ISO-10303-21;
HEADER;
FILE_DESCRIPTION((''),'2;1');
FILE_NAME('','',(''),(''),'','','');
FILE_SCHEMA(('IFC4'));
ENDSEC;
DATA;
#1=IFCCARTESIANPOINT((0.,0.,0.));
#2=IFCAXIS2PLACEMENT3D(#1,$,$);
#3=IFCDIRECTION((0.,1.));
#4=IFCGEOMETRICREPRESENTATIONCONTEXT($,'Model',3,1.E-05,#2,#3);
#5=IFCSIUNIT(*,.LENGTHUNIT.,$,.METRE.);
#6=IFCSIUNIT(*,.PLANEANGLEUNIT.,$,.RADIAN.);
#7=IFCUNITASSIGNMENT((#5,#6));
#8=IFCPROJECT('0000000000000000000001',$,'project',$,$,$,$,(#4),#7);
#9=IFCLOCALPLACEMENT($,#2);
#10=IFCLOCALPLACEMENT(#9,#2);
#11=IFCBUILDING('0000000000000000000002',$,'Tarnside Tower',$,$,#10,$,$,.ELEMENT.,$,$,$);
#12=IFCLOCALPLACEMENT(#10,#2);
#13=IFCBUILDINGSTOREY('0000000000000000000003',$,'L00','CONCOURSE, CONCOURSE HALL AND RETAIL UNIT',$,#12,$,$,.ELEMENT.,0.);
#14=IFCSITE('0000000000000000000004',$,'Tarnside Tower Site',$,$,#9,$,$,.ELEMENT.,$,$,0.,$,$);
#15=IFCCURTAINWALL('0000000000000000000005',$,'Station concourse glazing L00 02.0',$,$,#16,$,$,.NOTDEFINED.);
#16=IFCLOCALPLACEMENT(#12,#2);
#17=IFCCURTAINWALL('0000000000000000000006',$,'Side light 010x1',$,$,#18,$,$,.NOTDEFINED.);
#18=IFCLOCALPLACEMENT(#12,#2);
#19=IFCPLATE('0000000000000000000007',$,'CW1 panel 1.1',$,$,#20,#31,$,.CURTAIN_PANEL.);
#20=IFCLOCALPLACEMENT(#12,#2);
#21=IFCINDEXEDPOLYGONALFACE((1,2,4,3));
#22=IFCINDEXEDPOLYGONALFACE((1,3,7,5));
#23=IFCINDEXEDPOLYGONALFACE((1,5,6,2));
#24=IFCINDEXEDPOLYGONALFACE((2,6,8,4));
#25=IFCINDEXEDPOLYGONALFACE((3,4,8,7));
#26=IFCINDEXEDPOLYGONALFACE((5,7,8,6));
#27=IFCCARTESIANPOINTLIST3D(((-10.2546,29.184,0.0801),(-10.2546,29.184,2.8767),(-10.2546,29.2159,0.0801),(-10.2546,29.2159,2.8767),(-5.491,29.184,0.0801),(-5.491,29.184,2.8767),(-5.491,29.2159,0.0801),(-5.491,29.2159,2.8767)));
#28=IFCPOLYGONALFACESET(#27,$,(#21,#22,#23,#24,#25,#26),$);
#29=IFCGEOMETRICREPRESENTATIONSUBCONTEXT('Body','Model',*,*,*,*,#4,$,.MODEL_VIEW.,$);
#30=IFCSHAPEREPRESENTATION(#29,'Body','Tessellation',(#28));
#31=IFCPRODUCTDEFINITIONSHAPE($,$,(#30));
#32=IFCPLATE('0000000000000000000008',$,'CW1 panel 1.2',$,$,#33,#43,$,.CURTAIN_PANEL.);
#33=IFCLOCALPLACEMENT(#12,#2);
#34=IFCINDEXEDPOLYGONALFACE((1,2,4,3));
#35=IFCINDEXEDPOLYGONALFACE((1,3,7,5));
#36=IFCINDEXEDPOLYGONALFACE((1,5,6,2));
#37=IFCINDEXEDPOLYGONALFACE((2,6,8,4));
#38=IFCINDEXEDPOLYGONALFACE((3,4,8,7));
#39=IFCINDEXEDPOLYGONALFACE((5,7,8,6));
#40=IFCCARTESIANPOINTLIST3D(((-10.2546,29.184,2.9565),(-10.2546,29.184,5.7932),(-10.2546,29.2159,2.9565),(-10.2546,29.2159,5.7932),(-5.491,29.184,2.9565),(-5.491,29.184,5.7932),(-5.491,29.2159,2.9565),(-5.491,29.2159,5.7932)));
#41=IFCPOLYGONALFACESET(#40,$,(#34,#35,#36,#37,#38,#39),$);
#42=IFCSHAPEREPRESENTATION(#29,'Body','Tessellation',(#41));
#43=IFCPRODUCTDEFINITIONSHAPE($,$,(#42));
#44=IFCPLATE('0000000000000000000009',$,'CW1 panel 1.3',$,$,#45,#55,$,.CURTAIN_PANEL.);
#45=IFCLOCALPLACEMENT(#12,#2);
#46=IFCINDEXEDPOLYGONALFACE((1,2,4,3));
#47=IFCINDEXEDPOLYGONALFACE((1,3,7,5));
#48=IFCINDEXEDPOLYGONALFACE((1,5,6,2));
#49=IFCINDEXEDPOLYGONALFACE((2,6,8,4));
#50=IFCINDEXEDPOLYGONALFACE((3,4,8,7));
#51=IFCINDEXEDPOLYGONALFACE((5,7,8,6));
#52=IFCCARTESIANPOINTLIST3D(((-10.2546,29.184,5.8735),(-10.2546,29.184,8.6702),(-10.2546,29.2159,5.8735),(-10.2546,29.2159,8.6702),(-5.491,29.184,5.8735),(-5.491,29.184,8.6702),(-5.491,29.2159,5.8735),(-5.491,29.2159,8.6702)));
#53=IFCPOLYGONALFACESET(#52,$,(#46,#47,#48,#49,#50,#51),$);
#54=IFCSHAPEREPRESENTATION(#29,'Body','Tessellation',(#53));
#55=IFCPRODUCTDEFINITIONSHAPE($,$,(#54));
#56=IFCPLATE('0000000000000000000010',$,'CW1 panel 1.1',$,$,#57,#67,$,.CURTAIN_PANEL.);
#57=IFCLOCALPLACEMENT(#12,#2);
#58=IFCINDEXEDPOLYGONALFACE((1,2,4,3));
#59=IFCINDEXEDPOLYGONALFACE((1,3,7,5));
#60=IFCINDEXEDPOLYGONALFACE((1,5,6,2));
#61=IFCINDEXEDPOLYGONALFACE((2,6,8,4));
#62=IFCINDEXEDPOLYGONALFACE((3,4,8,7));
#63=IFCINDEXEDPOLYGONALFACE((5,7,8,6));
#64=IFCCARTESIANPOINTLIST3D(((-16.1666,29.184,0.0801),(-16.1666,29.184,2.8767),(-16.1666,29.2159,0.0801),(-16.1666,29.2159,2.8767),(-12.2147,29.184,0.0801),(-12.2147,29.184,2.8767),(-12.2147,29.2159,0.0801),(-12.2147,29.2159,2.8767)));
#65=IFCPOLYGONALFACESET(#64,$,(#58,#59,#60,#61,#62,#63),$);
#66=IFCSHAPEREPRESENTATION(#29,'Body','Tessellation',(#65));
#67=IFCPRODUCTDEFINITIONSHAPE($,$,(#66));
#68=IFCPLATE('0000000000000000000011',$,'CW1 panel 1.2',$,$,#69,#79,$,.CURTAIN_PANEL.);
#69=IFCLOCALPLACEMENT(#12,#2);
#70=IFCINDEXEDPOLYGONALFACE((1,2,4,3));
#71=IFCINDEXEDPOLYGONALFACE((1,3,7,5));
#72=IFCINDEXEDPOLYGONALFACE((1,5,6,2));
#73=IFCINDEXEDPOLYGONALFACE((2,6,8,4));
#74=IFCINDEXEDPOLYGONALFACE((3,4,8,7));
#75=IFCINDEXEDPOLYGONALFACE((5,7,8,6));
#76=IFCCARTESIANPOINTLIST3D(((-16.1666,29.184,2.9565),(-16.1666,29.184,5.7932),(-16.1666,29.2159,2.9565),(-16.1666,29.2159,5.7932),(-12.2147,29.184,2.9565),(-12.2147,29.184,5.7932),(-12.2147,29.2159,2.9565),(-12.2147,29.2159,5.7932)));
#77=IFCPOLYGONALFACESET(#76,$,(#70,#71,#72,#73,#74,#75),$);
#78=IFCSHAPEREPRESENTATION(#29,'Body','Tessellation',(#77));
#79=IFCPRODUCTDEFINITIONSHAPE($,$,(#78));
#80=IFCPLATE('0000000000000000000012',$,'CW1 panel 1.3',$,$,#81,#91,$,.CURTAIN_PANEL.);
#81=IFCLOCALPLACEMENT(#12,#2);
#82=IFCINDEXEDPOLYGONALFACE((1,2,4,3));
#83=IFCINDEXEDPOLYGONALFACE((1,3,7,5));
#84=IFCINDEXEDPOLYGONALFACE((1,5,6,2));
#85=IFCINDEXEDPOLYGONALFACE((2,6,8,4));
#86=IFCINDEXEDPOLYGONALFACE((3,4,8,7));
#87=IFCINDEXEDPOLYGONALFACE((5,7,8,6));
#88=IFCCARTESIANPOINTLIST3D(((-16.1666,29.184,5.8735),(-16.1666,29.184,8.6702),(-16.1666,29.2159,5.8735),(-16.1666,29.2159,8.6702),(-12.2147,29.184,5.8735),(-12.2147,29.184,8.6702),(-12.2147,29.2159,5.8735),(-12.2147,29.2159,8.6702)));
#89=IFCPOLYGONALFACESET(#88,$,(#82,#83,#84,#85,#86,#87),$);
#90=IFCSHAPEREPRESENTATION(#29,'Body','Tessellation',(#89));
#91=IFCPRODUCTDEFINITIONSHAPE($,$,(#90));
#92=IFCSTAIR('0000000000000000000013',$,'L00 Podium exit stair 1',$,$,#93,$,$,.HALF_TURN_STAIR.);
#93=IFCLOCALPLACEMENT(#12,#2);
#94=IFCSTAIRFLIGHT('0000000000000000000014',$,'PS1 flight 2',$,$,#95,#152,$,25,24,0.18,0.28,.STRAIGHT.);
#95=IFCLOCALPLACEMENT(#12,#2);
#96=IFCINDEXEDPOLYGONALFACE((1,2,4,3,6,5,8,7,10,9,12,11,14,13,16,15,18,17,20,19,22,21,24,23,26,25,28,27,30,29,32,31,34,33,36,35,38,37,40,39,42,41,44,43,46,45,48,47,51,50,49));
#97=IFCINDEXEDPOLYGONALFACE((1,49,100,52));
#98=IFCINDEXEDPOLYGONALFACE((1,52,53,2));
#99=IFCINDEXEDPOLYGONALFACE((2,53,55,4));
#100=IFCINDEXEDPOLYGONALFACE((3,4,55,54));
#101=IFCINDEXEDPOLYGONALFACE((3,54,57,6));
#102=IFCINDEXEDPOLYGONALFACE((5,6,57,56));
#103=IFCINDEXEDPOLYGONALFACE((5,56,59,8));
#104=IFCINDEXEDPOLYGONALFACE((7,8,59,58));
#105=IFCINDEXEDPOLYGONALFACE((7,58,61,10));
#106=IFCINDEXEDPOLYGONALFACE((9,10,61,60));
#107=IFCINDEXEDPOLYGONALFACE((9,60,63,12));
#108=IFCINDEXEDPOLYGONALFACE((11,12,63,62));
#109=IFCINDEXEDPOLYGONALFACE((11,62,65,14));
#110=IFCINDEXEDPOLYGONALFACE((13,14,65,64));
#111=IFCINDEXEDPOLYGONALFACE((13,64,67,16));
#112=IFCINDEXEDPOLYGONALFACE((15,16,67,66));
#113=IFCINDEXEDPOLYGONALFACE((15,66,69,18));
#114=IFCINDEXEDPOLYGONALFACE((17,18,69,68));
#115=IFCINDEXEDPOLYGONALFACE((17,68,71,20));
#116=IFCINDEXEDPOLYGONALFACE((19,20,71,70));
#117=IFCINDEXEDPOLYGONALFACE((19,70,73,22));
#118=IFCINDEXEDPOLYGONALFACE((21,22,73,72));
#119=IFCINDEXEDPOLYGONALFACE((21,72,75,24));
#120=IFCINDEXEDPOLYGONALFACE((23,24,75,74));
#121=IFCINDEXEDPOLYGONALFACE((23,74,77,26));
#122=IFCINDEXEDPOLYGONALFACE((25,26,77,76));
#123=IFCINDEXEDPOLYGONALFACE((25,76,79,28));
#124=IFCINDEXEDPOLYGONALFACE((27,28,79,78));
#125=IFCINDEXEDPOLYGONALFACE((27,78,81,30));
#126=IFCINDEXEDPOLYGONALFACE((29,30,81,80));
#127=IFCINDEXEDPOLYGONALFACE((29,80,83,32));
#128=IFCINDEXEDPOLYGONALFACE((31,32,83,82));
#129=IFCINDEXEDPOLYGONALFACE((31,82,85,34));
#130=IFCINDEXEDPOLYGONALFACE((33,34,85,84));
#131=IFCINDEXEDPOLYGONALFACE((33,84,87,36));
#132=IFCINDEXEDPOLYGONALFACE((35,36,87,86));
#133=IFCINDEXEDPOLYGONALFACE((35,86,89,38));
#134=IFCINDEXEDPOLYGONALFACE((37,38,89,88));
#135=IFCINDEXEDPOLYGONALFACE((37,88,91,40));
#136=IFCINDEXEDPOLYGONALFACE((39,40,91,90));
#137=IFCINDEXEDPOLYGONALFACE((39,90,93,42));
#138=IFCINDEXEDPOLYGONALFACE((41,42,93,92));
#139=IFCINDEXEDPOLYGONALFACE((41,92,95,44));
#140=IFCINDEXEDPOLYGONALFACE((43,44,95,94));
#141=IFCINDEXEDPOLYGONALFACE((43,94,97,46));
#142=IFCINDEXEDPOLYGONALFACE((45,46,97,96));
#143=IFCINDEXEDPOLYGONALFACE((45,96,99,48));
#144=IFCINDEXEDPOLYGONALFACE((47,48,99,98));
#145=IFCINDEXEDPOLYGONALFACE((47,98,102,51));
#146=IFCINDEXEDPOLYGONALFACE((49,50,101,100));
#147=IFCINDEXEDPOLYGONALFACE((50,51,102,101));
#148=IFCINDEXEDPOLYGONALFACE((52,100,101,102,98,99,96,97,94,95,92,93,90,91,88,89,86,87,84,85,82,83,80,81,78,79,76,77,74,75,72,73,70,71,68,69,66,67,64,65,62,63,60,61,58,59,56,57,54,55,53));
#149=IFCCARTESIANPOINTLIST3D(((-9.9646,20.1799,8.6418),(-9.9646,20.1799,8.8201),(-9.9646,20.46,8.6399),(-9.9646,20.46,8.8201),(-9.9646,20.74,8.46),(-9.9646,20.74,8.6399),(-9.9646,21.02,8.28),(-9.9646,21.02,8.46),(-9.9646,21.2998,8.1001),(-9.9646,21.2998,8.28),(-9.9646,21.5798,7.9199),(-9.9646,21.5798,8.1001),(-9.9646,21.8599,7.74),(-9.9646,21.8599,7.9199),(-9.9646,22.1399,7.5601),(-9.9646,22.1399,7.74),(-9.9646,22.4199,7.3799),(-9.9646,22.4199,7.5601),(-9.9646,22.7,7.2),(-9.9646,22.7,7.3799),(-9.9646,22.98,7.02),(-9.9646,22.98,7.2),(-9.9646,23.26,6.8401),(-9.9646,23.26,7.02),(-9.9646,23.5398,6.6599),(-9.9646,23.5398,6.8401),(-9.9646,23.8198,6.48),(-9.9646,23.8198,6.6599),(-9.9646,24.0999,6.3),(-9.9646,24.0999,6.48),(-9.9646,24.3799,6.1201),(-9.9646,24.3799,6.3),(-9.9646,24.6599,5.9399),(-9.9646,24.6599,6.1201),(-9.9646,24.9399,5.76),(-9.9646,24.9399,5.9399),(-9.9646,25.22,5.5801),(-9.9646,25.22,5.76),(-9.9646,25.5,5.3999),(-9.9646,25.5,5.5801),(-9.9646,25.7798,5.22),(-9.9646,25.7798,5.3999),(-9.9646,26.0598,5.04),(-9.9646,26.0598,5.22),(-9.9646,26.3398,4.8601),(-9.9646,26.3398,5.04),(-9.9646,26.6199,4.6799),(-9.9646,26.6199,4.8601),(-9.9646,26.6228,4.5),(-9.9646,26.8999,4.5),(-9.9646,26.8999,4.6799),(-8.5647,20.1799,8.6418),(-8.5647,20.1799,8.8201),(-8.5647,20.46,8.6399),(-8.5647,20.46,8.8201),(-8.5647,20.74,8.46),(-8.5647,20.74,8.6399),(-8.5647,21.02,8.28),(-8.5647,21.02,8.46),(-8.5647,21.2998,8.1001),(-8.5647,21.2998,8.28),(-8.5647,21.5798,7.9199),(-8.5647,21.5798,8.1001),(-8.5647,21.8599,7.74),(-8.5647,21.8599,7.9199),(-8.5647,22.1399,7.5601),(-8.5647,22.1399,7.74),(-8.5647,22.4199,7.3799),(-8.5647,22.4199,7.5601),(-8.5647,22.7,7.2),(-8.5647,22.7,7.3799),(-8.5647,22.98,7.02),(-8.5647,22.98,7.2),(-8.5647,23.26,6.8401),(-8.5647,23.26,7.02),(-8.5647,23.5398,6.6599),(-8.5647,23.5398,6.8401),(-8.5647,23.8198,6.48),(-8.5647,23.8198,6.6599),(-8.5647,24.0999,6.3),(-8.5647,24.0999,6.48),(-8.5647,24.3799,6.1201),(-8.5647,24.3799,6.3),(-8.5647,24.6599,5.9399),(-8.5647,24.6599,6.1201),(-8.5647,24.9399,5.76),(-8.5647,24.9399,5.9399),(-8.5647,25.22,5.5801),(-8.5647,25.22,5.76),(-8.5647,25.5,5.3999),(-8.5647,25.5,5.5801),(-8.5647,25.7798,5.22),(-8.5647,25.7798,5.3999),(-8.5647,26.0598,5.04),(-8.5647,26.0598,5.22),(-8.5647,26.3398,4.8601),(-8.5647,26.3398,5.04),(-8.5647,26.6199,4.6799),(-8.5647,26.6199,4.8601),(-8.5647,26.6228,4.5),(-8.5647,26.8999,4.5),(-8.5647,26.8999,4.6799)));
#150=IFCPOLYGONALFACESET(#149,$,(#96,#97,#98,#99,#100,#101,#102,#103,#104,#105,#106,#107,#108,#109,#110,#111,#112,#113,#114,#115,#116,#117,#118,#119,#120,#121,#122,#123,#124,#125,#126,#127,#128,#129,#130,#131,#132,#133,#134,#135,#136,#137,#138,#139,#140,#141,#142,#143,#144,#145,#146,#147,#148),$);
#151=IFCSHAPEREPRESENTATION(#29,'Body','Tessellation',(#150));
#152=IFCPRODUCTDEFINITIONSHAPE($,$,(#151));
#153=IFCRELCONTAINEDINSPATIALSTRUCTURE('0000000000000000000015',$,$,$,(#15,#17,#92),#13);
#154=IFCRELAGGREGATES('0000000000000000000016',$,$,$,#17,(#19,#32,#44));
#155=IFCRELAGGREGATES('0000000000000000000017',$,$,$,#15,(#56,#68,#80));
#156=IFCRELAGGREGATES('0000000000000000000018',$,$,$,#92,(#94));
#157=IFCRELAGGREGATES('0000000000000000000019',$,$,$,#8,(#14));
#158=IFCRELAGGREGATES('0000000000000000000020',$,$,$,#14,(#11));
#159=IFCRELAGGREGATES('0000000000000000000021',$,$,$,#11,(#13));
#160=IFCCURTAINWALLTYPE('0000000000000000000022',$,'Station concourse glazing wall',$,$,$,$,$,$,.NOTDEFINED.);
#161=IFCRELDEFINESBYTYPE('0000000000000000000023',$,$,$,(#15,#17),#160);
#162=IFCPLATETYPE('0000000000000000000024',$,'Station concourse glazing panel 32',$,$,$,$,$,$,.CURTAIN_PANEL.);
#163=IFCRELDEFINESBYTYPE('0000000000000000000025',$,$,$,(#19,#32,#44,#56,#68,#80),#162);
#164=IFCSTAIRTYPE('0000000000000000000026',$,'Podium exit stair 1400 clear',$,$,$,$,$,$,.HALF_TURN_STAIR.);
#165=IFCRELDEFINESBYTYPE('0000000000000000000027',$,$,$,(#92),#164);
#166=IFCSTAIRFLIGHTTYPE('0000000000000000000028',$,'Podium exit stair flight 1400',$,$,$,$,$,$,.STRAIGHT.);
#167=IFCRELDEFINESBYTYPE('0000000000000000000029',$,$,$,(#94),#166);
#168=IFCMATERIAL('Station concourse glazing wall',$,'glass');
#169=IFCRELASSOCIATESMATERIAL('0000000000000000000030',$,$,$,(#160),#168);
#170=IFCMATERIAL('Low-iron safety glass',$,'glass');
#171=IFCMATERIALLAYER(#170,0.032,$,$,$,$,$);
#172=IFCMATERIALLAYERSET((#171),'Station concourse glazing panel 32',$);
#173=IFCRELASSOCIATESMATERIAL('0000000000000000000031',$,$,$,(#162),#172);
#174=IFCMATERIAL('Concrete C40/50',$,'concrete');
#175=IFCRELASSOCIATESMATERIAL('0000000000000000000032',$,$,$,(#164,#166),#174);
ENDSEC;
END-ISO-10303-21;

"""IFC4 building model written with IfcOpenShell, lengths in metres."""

from ifc_helpers import new_model, si_unit, direction, frame, origin, origin_2d, place, context, subcontext, project, spatial, polyline, rectangle, outline, extrude, material, layer, layer_set, type_object, element, aggregate, save


model = new_model("IFC4")

# Units and contexts
model_context = context("Model", 3, precision=1e-05, world=origin(), true_north=direction((0.0, 1.0)))
body_context = subcontext(model_context, "Body", "Model", "MODEL_VIEW")
ifc_project = project(units=[si_unit("LENGTHUNIT", "METRE"), si_unit("PLANEANGLEUNIT", "RADIAN")], contexts=[model_context])

# Site, building, storey
site_placement = place(None, origin())
site = spatial("IfcSite", under=ifc_project, at=site_placement, Name="Tarnside Tower Site", CompositionType="ELEMENT", RefElevation=0.0)
building_placement = place(site_placement, origin())
building = spatial("IfcBuilding", under=site, at=building_placement, Name="Tarnside Tower", CompositionType="ELEMENT")
storey_placement = place(building_placement, origin())
storey = spatial("IfcBuildingStorey", under=building, at=storey_placement, Name="L00", Description="CONCOURSE, CONCOURSE HALL AND RETAIL UNIT", CompositionType="ELEMENT", Elevation=0.0)

# Curtain wall
ifc_material_1 = material(Name="Station concourse glazing wall", Category="glass")
curtain_wall_type = type_object("IfcCurtainWallType", Name="Station concourse glazing wall", PredefinedType="NOTDEFINED", material=ifc_material_1)
curtain_wall_1_placement = place(storey_placement, origin())
curtain_wall_1 = element("IfcCurtainWall", 1, at=curtain_wall_1_placement, inside=storey, type_object=curtain_wall_type, Name="Station concourse glazing L00 02.0", PredefinedType="NOTDEFINED")

# Curtain wall, plates
curtain_wall_2_placement = place(storey_placement, origin())
curtain_wall_2 = element("IfcCurtainWall", 2, at=curtain_wall_2_placement, inside=storey, type_object=curtain_wall_type, Name="Side light 010x1", PredefinedType="NOTDEFINED")
ifc_material_2 = material(Name="Low-iron safety glass", Category="glass")
ifc_layer = layer(ifc_material_2, 0.032)
ifc_layer_set = layer_set([ifc_layer], Name="Station concourse glazing panel 32")
plate_type = type_object("IfcPlateType", Name="Station concourse glazing panel 32", PredefinedType="CURTAIN_PANEL", material=ifc_layer_set)
plate_1_placement = place(storey_placement, frame((-7.8728, 29.2, 0.0801), z_axis=(0.0, 0.0, 1.0), x_axis=(-1.0, 0.0, 0.0)))
plate_1 = element("IfcPlate", 3, at=plate_1_placement, type_object=plate_type, Name="CW1 panel 1.1", PredefinedType="CURTAIN_PANEL", context=body_context, shape_type="SweptSolid", body=[
    extrude(rectangle(XDim=4.7637, YDim=0.032, at=origin_2d()), origin(), (0.0, 0.0, 1.0), 2.7966),
])
plate_2_placement = place(storey_placement, frame((-7.8728, 29.2, 2.9565), z_axis=(0.0, 0.0, 1.0), x_axis=(-1.0, 0.0, 0.0)))
plate_2 = element("IfcPlate", 4, at=plate_2_placement, type_object=plate_type, Name="CW1 panel 1.2", PredefinedType="CURTAIN_PANEL", context=body_context, shape_type="SweptSolid", body=[
    extrude(rectangle(XDim=4.7637, YDim=0.032, at=origin_2d()), origin(), (0.0, 0.0, 1.0), 2.8367),
])
plate_3_placement = place(storey_placement, frame((-7.8728, 29.2, 5.8735), z_axis=(0.0, 0.0, 1.0), x_axis=(-1.0, 0.0, 0.0)))
plate_3 = element("IfcPlate", 5, at=plate_3_placement, type_object=plate_type, Name="CW1 panel 1.3", PredefinedType="CURTAIN_PANEL", context=body_context, shape_type="SweptSolid", body=[
    extrude(rectangle(XDim=4.7637, YDim=0.032, at=origin_2d()), origin(), (0.0, 0.0, 1.0), 2.7966),
])
aggregate(curtain_wall_2, [plate_1, plate_2, plate_3])

# Plates
plate_4_placement = place(storey_placement, frame((-14.1907, 29.2, 0.0801), z_axis=(0.0, 0.0, 1.0), x_axis=(-1.0, 0.0, 0.0)))
plate_4 = element("IfcPlate", 6, at=plate_4_placement, type_object=plate_type, Name="CW1 panel 1.1", PredefinedType="CURTAIN_PANEL", context=body_context, shape_type="SweptSolid", body=[
    extrude(rectangle(XDim=3.9519, YDim=0.032, at=origin_2d()), origin(), (0.0, 0.0, 1.0), 2.7966),
])
plate_5_placement = place(storey_placement, frame((-14.1907, 29.2, 2.9565), z_axis=(0.0, 0.0, 1.0), x_axis=(-1.0, 0.0, 0.0)))
plate_5 = element("IfcPlate", 7, at=plate_5_placement, type_object=plate_type, Name="CW1 panel 1.2", PredefinedType="CURTAIN_PANEL", context=body_context, shape_type="SweptSolid", body=[
    extrude(rectangle(XDim=3.9519, YDim=0.032, at=origin_2d()), origin(), (0.0, 0.0, 1.0), 2.8367),
])
plate_6_placement = place(storey_placement, frame((-14.1907, 29.2, 5.8735), z_axis=(0.0, 0.0, 1.0), x_axis=(-1.0, 0.0, 0.0)))
plate_6 = element("IfcPlate", 8, at=plate_6_placement, type_object=plate_type, Name="CW1 panel 1.3", PredefinedType="CURTAIN_PANEL", context=body_context, shape_type="SweptSolid", body=[
    extrude(rectangle(XDim=3.9519, YDim=0.032, at=origin_2d()), origin(), (0.0, 0.0, 1.0), 2.7966),
])
aggregate(curtain_wall_1, [plate_4, plate_5, plate_6])

# Stair, stair flight
ifc_material_3 = material(Name="Concrete C40/50", Category="concrete")
stair_type = type_object("IfcStairType", Name="Podium exit stair 1400 clear", PredefinedType="HALF_TURN_STAIR", material=ifc_material_3)
stair_placement = place(storey_placement, origin())
stair = element("IfcStair", 9, at=stair_placement, inside=storey, type_object=stair_type, Name="L00 Podium exit stair 1", PredefinedType="HALF_TURN_STAIR")
stair_flight_type = type_object("IfcStairFlightType", Name="Podium exit stair flight 1400", PredefinedType="STRAIGHT", material=ifc_material_3)
stair_flight_placement = place(storey_placement, frame((-9.2646, 26.8999, 4.5), z_axis=(0.0, 0.0, 1.0), x_axis=(0.0, -1.0, 0.0)))
stair_flight = element("IfcStairFlight", 10, at=stair_flight_placement, type_object=stair_flight_type, Name="PS1 flight 2", NumberOfRisers=25, NumberOfTreads=24, PredefinedType="STRAIGHT", RiserHeight=0.18, TreadLength=0.28, context=body_context, shape_type="SweptSolid", body=[
    extrude(outline(polyline([(0.0, 0.0), (0.0, 0.1799), (0.28, 0.1799), (0.28, 0.3601), (0.5601, 0.3601), (0.5601, 0.54), (0.8401, 0.54), (0.8401, 0.72), (1.1201, 0.72), (1.1201, 0.8999), (1.3999, 0.8999), (1.3999, 1.0801), (1.6799, 1.0801), (1.6799, 1.26), (1.96, 1.26), (1.96, 1.4399), (2.24, 1.4399), (2.24, 1.6201), (2.52, 1.6201), (2.52, 1.8), (2.8, 1.8), (2.8, 1.98), (3.0801, 1.98), (3.0801, 2.1599), (3.3601, 2.1599), (3.3601, 2.3401), (3.6399, 2.3401), (3.6399, 2.52), (3.9199, 2.52), (3.9199, 2.7), (4.2, 2.7), (4.2, 2.8799), (4.48, 2.8799), (4.48, 3.0601), (4.76, 3.0601), (4.76, 3.24), (5.04, 3.24), (5.04, 3.4199), (5.3201, 3.4199), (5.3201, 3.6001), (5.6001, 3.6001), (5.6001, 3.78), (5.8799, 3.78), (5.8799, 3.96), (6.1599, 3.96), (6.1599, 4.1399), (6.4399, 4.1399), (6.4399, 4.3201), (6.72, 4.3201), (6.72, 4.5), (6.72, 4.1418), (0.2771, 0.0), (0.0, 0.0)])), frame((0.0, 0.7, 0.0), z_axis=(0.0, -1.0, 0.0), x_axis=(1.0, 0.0, 0.0)), (0.0, 0.0, 1.0), 1.3999),
])
aggregate(stair, [stair_flight])

save(model, "model.ifc")
